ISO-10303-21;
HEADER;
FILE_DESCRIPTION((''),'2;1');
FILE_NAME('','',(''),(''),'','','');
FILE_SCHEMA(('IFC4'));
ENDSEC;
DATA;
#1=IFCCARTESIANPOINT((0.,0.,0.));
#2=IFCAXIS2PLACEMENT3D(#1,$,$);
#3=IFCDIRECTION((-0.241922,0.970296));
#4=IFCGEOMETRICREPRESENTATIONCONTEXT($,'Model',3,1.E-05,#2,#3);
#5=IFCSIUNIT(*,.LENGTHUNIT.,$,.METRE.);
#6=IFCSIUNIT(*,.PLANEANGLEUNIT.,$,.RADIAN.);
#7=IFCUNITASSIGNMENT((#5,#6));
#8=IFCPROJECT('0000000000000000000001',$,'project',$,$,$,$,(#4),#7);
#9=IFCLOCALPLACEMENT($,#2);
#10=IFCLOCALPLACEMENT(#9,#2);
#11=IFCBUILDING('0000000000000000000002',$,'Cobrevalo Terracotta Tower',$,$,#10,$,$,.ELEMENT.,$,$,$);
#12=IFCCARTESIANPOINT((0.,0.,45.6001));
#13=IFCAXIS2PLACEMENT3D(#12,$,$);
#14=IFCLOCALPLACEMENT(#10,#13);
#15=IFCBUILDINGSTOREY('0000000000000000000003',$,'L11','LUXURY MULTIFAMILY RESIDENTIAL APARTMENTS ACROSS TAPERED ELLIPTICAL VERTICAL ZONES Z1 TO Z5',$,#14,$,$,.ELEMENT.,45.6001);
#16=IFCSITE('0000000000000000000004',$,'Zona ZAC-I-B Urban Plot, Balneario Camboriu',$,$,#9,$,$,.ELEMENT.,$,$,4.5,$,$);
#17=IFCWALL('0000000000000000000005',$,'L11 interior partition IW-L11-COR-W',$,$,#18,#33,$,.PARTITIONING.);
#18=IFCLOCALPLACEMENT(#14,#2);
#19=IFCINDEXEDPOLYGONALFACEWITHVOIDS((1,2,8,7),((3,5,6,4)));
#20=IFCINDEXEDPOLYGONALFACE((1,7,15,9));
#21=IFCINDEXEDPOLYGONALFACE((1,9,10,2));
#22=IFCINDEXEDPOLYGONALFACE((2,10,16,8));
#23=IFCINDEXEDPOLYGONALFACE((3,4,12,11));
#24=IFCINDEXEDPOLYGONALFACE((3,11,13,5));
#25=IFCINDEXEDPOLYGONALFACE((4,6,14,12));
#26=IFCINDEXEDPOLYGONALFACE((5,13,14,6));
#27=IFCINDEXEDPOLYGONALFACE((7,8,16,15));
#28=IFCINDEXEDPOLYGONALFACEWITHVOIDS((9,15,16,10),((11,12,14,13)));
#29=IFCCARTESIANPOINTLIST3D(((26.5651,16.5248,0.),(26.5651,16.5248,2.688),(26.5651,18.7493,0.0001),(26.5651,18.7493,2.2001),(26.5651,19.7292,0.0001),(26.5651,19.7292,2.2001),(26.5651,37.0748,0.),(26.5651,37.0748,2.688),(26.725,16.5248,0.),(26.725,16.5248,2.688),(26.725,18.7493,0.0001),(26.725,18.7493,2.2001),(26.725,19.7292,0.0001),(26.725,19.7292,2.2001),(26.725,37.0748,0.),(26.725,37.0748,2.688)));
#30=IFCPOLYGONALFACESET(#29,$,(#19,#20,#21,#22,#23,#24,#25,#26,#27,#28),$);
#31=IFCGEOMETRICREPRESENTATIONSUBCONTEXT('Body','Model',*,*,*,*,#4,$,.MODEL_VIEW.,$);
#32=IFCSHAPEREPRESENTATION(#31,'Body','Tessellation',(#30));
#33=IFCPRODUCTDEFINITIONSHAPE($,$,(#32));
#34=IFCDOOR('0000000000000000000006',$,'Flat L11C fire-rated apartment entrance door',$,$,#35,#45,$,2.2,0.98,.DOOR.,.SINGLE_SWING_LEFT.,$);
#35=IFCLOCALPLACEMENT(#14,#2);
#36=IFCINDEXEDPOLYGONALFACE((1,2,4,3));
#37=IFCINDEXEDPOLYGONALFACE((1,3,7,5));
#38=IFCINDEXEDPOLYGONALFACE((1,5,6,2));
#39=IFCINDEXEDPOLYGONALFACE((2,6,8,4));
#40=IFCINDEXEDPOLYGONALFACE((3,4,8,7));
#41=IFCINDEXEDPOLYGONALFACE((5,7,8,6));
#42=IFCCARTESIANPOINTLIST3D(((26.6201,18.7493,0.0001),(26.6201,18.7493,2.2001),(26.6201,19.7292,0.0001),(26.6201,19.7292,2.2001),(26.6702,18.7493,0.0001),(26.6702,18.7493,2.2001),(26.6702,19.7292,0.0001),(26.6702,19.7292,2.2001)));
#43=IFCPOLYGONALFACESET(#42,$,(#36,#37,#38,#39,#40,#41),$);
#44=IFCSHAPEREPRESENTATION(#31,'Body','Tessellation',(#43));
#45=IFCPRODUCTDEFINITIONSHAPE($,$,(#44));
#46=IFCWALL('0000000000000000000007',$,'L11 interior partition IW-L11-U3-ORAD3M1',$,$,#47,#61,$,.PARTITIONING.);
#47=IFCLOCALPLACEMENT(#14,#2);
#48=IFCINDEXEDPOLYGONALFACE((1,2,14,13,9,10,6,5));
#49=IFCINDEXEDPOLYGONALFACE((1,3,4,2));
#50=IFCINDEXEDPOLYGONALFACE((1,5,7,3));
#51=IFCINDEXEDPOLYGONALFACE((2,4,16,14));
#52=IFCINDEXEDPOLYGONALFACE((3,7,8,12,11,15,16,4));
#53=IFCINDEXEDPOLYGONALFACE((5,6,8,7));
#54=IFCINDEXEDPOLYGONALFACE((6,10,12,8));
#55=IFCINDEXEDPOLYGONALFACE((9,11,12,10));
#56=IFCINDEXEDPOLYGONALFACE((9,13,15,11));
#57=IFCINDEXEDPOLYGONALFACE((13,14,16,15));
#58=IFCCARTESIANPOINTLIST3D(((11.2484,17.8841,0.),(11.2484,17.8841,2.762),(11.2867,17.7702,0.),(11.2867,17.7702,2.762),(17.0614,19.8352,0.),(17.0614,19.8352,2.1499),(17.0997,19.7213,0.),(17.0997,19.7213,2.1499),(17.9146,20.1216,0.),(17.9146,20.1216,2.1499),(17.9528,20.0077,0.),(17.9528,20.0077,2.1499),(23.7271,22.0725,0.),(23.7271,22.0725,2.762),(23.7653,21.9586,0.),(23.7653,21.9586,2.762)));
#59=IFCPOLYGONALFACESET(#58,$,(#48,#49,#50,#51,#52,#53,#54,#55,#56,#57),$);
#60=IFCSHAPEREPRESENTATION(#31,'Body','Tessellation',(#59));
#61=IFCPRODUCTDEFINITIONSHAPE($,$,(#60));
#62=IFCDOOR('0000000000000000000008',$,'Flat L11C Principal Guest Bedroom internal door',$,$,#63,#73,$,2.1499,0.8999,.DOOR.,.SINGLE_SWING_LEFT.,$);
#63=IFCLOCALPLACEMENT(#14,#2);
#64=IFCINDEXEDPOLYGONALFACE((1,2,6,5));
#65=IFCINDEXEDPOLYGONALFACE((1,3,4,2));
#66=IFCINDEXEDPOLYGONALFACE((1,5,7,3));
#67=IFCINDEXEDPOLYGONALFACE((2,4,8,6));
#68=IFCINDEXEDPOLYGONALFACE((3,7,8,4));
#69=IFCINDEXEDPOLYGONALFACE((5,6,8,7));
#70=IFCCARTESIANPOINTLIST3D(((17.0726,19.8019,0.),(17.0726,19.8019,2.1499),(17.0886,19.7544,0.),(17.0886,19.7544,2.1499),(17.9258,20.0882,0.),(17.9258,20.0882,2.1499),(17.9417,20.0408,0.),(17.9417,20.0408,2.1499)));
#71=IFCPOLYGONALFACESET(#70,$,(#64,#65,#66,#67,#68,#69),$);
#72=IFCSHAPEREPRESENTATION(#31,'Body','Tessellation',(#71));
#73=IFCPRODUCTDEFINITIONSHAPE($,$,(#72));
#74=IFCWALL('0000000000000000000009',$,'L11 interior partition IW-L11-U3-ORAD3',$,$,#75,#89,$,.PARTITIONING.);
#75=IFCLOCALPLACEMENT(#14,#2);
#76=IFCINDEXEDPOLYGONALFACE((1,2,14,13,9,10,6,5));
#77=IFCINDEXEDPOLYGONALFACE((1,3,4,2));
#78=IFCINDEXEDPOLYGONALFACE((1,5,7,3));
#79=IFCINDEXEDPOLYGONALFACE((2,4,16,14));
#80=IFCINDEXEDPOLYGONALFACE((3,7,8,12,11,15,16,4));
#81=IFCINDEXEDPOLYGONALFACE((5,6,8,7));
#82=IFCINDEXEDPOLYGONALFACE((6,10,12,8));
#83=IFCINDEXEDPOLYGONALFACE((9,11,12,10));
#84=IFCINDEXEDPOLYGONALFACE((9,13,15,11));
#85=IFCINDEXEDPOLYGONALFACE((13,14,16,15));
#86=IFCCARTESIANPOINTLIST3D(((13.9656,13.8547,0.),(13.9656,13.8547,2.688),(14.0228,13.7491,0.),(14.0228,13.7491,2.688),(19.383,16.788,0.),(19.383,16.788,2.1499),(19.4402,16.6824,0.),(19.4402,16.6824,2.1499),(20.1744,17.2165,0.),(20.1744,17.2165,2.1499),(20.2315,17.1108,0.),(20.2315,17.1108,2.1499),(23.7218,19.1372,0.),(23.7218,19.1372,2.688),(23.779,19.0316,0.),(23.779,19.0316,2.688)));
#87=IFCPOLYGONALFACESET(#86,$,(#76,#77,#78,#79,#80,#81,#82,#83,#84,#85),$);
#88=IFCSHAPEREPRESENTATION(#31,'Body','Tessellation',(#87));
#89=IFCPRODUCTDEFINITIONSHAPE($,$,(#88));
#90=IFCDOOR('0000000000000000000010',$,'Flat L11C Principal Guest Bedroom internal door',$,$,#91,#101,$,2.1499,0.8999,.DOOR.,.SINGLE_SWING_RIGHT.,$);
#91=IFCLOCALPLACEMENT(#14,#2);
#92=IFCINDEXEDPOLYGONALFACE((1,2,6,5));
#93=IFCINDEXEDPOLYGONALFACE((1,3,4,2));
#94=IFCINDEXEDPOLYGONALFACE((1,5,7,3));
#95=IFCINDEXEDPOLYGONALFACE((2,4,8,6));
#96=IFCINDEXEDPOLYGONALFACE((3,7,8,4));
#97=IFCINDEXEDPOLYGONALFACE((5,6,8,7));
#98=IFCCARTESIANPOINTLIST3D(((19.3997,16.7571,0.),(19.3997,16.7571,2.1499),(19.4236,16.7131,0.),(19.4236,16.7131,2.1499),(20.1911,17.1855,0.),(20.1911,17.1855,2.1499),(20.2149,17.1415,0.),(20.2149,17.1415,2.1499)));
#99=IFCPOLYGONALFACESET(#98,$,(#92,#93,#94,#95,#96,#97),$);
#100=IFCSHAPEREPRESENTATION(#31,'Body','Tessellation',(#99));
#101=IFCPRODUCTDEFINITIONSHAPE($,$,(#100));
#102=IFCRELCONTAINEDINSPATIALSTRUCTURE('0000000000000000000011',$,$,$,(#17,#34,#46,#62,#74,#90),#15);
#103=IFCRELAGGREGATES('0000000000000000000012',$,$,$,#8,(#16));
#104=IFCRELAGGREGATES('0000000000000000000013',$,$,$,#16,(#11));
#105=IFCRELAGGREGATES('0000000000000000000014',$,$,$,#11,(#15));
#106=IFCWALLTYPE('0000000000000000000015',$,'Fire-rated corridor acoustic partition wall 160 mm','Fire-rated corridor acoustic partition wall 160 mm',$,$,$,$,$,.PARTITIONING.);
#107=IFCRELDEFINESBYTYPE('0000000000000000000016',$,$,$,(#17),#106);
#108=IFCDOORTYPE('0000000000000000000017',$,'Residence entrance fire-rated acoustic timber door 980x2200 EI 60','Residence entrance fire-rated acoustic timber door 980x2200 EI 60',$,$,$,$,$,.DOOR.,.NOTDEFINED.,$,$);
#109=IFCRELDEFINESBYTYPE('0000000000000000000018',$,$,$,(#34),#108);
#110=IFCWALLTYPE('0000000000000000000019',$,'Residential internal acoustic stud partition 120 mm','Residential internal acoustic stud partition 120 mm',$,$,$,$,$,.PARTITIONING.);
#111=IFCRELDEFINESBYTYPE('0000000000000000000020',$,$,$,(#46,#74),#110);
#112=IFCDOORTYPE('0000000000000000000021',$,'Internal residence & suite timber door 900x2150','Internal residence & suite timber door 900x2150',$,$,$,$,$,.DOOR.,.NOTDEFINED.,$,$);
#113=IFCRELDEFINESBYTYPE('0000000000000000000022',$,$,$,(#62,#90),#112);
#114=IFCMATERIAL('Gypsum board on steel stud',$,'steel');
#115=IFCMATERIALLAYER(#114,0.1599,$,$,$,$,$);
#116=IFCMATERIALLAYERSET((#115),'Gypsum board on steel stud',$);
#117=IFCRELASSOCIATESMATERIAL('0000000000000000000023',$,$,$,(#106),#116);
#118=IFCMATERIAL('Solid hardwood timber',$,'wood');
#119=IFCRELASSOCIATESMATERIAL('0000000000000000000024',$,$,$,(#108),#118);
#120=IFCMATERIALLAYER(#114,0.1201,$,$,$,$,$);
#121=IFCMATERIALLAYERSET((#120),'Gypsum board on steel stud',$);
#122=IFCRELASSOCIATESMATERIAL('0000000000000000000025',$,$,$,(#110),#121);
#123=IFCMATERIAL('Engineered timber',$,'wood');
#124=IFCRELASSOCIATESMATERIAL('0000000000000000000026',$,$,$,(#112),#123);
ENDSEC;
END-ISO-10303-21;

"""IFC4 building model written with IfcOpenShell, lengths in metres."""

from ifc_helpers import new_model, si_unit, direction, frame, frame_2d, origin, place, context, subcontext, project, spatial, rectangle, extrude, source, transform, mapped, material, layer, layer_set, type_object, element, fill, save


model = new_model("IFC4")

# Units and contexts
model_context = context("Model", 3, precision=1e-05, world=origin(), true_north=direction((-0.241922, 0.970296)))
body_context = subcontext(model_context, "Body", "Model", "MODEL_VIEW")
ifc_project = project(units=[si_unit("LENGTHUNIT", "METRE"), si_unit("PLANEANGLEUNIT", "RADIAN")], contexts=[model_context])

# Site, building, storey
site_placement = place(None, origin())
site = spatial("IfcSite", under=ifc_project, at=site_placement, Name="Zona ZAC-I-B Urban Plot, Balneario Camboriu", CompositionType="ELEMENT", RefElevation=4.5)
building_placement = place(site_placement, origin())
building = spatial("IfcBuilding", under=site, at=building_placement, Name="Cobrevalo Terracotta Tower", CompositionType="ELEMENT")
storey_placement = place(building_placement, frame((0.0, 0.0, 45.6001)))
storey = spatial("IfcBuildingStorey", under=building, at=storey_placement, Name="L11", Description="LUXURY MULTIFAMILY RESIDENTIAL APARTMENTS ACROSS TAPERED ELLIPTICAL VERTICAL ZONES Z1 TO Z5", CompositionType="ELEMENT", Elevation=45.6001)

# Walls, openings, doors
ifc_material_1 = material(Name="Gypsum board on steel stud", Category="steel")
ifc_layer_1 = layer(ifc_material_1, 0.1599)
ifc_layer_set_1 = layer_set([ifc_layer_1], Name="Gypsum board on steel stud")
wall_type_1 = type_object("IfcWallType", Name="Fire-rated corridor acoustic partition wall 160 mm", Description="Fire-rated corridor acoustic partition wall 160 mm", PredefinedType="PARTITIONING", material=ifc_layer_set_1)
ifc_material_2 = material(Name="Solid hardwood timber", Category="wood")
door_type_1 = type_object("IfcDoorType", Name="Residence entrance fire-rated acoustic timber door 980x2200 EI 60", Description="Residence entrance fire-rated acoustic timber door 980x2200 EI 60", OperationType="NOTDEFINED", PredefinedType="DOOR", material=ifc_material_2)
shared_shape_1 = source(origin(), body_context, "Body", "SweptSolid", [
    extrude(rectangle(XDim=0.98, YDim=2.2, at=frame_2d((0.49, 1.1001))), frame((0.0, 0.0249, 0.0), z_axis=(0.0, -1.0, 0.0), x_axis=(1.0, 0.0, 0.0)), (0.0, 0.0, 1.0), 0.05),
])
wall_1_placement = place(storey_placement, frame((26.645, 16.5249, 0.0), z_axis=(0.0, 0.0, 1.0), x_axis=(0.0, 1.0, 0.0)))
wall_1 = element("IfcWall", 1, at=wall_1_placement, inside=storey, type_object=wall_type_1, Name="L11 interior partition IW-L11-COR-W", PredefinedType="PARTITIONING", context=body_context, shape_type="SweptSolid", body=[
    extrude(rectangle(XDim=20.55, YDim=0.1599, at=frame_2d((10.2749, 0.0))), origin(), (0.0, 0.0, 1.0), 2.688),
])
opening_1_placement = place(wall_1_placement, frame((2.2244, 0.0, 0.0)))
opening_1 = element("IfcOpeningElement", 2, at=opening_1_placement, cuts=wall_1, PredefinedType="OPENING", context=body_context, shape_type="SweptSolid", body=[
    extrude(rectangle(XDim=0.98, YDim=2.2, at=frame_2d((0.49, 1.1001))), frame((0.0, 0.0898, 0.0), z_axis=(0.0, -1.0, 0.0), x_axis=(1.0, 0.0, 0.0)), (0.0, 0.0, 1.0), 0.1799),
])
door_1_placement = place(opening_1_placement, origin())
door_1 = element("IfcDoor", 3, at=door_1_placement, inside=storey, type_object=door_type_1, Name="Flat L11C fire-rated apartment entrance door", OperationType="SINGLE_SWING_LEFT", OverallHeight=2.2, OverallWidth=0.98, PredefinedType="DOOR", context=body_context, shape_type="MappedRepresentation", body=[
    mapped(shared_shape_1, transform((0.0, 0.0, 0.0), scale=1.0)),
])
fill(opening_1, door_1)
ifc_layer_2 = layer(ifc_material_1, 0.1201)
ifc_layer_set_2 = layer_set([ifc_layer_2], Name="Gypsum board on steel stud")
wall_type_2 = type_object("IfcWallType", Name="Residential internal acoustic stud partition 120 mm", Description="Residential internal acoustic stud partition 120 mm", PredefinedType="PARTITIONING", material=ifc_layer_set_2)
wall_2_placement = place(storey_placement, frame((23.7463, 22.0156, 0.0), z_axis=(0.0, 0.0, 1.0), x_axis=(-0.948023, -0.318202, 0.0)))
wall_2 = element("IfcWall", 4, at=wall_2_placement, inside=storey, type_object=wall_type_2, Name="L11 interior partition IW-L11-U3-ORAD3M1", PredefinedType="PARTITIONING", context=body_context, shape_type="SweptSolid", body=[
    extrude(rectangle(XDim=13.1628, YDim=0.1201, at=frame_2d((6.5815, 0.0))), origin(), (0.0, 0.0, 1.0), 2.762),
])
opening_2_placement = place(wall_2_placement, frame((6.1313, 0.0, 0.0)))
opening_2 = element("IfcOpeningElement", 5, at=opening_2_placement, cuts=wall_2, PredefinedType="OPENING", context=body_context, shape_type="SweptSolid", body=[
    extrude(rectangle(XDim=0.8999, YDim=2.1499, at=frame_2d((0.45, 1.075))), frame((0.0, 0.0701, 0.0), z_axis=(0.0, -1.0, 0.0), x_axis=(1.0, 0.0, 0.0)), (0.0, 0.0, 1.0), 0.1401),
])
ifc_material_3 = material(Name="Engineered timber", Category="wood")
door_type_2 = type_object("IfcDoorType", Name="Internal residence & suite timber door 900x2150", Description="Internal residence & suite timber door 900x2150", OperationType="NOTDEFINED", PredefinedType="DOOR", material=ifc_material_3)
shared_shape_2 = source(origin(), body_context, "Body", "SweptSolid", [
    extrude(rectangle(XDim=0.8999, YDim=2.1499, at=frame_2d((0.45, 1.075))), frame((0.0, 0.0249, 0.0), z_axis=(0.0, -1.0, 0.0), x_axis=(1.0, 0.0, 0.0)), (0.0, 0.0, 1.0), 0.05),
])
door_2_placement = place(opening_2_placement, frame((0.8999, 0.0, 0.0), z_axis=(0.0, 0.0, 1.0), x_axis=(-1.0, 0.0, 0.0)))
door_2 = element("IfcDoor", 6, at=door_2_placement, inside=storey, type_object=door_type_2, Name="Flat L11C Principal Guest Bedroom internal door", OperationType="SINGLE_SWING_LEFT", OverallHeight=2.1499, OverallWidth=0.8999, PredefinedType="DOOR", context=body_context, shape_type="MappedRepresentation", body=[
    mapped(shared_shape_2, transform((0.0, 0.0, 0.0), scale=1.0)),
])
fill(opening_2, door_2)
wall_3_placement = place(storey_placement, frame((23.7505, 19.0845, 0.0), z_axis=(0.0, 0.0, 1.0), x_axis=(-0.879371, -0.476138, 0.0)))
wall_3 = element("IfcWall", 7, at=wall_3_placement, inside=storey, type_object=wall_type_2, Name="L11 interior partition IW-L11-U3-ORAD3", PredefinedType="PARTITIONING", context=body_context, shape_type="SweptSolid", body=[
    extrude(rectangle(XDim=11.0945, YDim=0.1201, at=frame_2d((5.5474, 0.0))), origin(), (0.0, 0.0, 1.0), 2.688),
])
opening_3_placement = place(wall_3_placement, frame((4.0342, 0.0, 0.0)))
opening_3 = element("IfcOpeningElement", 8, at=opening_3_placement, cuts=wall_3, PredefinedType="OPENING", context=body_context, shape_type="SweptSolid", body=[
    extrude(rectangle(XDim=0.8999, YDim=2.1499, at=frame_2d((0.45, 1.075))), frame((0.0, 0.0701, 0.0), z_axis=(0.0, -1.0, 0.0), x_axis=(1.0, 0.0, 0.0)), (0.0, 0.0, 1.0), 0.1401),
])
door_3_placement = place(opening_3_placement, frame((0.8999, 0.0, 0.0), z_axis=(0.0, 0.0, 1.0), x_axis=(-1.0, 0.0, 0.0)))
door_3 = element("IfcDoor", 9, at=door_3_placement, inside=storey, type_object=door_type_2, Name="Flat L11C Principal Guest Bedroom internal door", OperationType="SINGLE_SWING_RIGHT", OverallHeight=2.1499, OverallWidth=0.8999, PredefinedType="DOOR", context=body_context, shape_type="MappedRepresentation", body=[
    mapped(shared_shape_2, transform((0.0, 0.0, 0.0), scale=1.0)),
])
fill(opening_3, door_3)

save(model, "model.ifc")
